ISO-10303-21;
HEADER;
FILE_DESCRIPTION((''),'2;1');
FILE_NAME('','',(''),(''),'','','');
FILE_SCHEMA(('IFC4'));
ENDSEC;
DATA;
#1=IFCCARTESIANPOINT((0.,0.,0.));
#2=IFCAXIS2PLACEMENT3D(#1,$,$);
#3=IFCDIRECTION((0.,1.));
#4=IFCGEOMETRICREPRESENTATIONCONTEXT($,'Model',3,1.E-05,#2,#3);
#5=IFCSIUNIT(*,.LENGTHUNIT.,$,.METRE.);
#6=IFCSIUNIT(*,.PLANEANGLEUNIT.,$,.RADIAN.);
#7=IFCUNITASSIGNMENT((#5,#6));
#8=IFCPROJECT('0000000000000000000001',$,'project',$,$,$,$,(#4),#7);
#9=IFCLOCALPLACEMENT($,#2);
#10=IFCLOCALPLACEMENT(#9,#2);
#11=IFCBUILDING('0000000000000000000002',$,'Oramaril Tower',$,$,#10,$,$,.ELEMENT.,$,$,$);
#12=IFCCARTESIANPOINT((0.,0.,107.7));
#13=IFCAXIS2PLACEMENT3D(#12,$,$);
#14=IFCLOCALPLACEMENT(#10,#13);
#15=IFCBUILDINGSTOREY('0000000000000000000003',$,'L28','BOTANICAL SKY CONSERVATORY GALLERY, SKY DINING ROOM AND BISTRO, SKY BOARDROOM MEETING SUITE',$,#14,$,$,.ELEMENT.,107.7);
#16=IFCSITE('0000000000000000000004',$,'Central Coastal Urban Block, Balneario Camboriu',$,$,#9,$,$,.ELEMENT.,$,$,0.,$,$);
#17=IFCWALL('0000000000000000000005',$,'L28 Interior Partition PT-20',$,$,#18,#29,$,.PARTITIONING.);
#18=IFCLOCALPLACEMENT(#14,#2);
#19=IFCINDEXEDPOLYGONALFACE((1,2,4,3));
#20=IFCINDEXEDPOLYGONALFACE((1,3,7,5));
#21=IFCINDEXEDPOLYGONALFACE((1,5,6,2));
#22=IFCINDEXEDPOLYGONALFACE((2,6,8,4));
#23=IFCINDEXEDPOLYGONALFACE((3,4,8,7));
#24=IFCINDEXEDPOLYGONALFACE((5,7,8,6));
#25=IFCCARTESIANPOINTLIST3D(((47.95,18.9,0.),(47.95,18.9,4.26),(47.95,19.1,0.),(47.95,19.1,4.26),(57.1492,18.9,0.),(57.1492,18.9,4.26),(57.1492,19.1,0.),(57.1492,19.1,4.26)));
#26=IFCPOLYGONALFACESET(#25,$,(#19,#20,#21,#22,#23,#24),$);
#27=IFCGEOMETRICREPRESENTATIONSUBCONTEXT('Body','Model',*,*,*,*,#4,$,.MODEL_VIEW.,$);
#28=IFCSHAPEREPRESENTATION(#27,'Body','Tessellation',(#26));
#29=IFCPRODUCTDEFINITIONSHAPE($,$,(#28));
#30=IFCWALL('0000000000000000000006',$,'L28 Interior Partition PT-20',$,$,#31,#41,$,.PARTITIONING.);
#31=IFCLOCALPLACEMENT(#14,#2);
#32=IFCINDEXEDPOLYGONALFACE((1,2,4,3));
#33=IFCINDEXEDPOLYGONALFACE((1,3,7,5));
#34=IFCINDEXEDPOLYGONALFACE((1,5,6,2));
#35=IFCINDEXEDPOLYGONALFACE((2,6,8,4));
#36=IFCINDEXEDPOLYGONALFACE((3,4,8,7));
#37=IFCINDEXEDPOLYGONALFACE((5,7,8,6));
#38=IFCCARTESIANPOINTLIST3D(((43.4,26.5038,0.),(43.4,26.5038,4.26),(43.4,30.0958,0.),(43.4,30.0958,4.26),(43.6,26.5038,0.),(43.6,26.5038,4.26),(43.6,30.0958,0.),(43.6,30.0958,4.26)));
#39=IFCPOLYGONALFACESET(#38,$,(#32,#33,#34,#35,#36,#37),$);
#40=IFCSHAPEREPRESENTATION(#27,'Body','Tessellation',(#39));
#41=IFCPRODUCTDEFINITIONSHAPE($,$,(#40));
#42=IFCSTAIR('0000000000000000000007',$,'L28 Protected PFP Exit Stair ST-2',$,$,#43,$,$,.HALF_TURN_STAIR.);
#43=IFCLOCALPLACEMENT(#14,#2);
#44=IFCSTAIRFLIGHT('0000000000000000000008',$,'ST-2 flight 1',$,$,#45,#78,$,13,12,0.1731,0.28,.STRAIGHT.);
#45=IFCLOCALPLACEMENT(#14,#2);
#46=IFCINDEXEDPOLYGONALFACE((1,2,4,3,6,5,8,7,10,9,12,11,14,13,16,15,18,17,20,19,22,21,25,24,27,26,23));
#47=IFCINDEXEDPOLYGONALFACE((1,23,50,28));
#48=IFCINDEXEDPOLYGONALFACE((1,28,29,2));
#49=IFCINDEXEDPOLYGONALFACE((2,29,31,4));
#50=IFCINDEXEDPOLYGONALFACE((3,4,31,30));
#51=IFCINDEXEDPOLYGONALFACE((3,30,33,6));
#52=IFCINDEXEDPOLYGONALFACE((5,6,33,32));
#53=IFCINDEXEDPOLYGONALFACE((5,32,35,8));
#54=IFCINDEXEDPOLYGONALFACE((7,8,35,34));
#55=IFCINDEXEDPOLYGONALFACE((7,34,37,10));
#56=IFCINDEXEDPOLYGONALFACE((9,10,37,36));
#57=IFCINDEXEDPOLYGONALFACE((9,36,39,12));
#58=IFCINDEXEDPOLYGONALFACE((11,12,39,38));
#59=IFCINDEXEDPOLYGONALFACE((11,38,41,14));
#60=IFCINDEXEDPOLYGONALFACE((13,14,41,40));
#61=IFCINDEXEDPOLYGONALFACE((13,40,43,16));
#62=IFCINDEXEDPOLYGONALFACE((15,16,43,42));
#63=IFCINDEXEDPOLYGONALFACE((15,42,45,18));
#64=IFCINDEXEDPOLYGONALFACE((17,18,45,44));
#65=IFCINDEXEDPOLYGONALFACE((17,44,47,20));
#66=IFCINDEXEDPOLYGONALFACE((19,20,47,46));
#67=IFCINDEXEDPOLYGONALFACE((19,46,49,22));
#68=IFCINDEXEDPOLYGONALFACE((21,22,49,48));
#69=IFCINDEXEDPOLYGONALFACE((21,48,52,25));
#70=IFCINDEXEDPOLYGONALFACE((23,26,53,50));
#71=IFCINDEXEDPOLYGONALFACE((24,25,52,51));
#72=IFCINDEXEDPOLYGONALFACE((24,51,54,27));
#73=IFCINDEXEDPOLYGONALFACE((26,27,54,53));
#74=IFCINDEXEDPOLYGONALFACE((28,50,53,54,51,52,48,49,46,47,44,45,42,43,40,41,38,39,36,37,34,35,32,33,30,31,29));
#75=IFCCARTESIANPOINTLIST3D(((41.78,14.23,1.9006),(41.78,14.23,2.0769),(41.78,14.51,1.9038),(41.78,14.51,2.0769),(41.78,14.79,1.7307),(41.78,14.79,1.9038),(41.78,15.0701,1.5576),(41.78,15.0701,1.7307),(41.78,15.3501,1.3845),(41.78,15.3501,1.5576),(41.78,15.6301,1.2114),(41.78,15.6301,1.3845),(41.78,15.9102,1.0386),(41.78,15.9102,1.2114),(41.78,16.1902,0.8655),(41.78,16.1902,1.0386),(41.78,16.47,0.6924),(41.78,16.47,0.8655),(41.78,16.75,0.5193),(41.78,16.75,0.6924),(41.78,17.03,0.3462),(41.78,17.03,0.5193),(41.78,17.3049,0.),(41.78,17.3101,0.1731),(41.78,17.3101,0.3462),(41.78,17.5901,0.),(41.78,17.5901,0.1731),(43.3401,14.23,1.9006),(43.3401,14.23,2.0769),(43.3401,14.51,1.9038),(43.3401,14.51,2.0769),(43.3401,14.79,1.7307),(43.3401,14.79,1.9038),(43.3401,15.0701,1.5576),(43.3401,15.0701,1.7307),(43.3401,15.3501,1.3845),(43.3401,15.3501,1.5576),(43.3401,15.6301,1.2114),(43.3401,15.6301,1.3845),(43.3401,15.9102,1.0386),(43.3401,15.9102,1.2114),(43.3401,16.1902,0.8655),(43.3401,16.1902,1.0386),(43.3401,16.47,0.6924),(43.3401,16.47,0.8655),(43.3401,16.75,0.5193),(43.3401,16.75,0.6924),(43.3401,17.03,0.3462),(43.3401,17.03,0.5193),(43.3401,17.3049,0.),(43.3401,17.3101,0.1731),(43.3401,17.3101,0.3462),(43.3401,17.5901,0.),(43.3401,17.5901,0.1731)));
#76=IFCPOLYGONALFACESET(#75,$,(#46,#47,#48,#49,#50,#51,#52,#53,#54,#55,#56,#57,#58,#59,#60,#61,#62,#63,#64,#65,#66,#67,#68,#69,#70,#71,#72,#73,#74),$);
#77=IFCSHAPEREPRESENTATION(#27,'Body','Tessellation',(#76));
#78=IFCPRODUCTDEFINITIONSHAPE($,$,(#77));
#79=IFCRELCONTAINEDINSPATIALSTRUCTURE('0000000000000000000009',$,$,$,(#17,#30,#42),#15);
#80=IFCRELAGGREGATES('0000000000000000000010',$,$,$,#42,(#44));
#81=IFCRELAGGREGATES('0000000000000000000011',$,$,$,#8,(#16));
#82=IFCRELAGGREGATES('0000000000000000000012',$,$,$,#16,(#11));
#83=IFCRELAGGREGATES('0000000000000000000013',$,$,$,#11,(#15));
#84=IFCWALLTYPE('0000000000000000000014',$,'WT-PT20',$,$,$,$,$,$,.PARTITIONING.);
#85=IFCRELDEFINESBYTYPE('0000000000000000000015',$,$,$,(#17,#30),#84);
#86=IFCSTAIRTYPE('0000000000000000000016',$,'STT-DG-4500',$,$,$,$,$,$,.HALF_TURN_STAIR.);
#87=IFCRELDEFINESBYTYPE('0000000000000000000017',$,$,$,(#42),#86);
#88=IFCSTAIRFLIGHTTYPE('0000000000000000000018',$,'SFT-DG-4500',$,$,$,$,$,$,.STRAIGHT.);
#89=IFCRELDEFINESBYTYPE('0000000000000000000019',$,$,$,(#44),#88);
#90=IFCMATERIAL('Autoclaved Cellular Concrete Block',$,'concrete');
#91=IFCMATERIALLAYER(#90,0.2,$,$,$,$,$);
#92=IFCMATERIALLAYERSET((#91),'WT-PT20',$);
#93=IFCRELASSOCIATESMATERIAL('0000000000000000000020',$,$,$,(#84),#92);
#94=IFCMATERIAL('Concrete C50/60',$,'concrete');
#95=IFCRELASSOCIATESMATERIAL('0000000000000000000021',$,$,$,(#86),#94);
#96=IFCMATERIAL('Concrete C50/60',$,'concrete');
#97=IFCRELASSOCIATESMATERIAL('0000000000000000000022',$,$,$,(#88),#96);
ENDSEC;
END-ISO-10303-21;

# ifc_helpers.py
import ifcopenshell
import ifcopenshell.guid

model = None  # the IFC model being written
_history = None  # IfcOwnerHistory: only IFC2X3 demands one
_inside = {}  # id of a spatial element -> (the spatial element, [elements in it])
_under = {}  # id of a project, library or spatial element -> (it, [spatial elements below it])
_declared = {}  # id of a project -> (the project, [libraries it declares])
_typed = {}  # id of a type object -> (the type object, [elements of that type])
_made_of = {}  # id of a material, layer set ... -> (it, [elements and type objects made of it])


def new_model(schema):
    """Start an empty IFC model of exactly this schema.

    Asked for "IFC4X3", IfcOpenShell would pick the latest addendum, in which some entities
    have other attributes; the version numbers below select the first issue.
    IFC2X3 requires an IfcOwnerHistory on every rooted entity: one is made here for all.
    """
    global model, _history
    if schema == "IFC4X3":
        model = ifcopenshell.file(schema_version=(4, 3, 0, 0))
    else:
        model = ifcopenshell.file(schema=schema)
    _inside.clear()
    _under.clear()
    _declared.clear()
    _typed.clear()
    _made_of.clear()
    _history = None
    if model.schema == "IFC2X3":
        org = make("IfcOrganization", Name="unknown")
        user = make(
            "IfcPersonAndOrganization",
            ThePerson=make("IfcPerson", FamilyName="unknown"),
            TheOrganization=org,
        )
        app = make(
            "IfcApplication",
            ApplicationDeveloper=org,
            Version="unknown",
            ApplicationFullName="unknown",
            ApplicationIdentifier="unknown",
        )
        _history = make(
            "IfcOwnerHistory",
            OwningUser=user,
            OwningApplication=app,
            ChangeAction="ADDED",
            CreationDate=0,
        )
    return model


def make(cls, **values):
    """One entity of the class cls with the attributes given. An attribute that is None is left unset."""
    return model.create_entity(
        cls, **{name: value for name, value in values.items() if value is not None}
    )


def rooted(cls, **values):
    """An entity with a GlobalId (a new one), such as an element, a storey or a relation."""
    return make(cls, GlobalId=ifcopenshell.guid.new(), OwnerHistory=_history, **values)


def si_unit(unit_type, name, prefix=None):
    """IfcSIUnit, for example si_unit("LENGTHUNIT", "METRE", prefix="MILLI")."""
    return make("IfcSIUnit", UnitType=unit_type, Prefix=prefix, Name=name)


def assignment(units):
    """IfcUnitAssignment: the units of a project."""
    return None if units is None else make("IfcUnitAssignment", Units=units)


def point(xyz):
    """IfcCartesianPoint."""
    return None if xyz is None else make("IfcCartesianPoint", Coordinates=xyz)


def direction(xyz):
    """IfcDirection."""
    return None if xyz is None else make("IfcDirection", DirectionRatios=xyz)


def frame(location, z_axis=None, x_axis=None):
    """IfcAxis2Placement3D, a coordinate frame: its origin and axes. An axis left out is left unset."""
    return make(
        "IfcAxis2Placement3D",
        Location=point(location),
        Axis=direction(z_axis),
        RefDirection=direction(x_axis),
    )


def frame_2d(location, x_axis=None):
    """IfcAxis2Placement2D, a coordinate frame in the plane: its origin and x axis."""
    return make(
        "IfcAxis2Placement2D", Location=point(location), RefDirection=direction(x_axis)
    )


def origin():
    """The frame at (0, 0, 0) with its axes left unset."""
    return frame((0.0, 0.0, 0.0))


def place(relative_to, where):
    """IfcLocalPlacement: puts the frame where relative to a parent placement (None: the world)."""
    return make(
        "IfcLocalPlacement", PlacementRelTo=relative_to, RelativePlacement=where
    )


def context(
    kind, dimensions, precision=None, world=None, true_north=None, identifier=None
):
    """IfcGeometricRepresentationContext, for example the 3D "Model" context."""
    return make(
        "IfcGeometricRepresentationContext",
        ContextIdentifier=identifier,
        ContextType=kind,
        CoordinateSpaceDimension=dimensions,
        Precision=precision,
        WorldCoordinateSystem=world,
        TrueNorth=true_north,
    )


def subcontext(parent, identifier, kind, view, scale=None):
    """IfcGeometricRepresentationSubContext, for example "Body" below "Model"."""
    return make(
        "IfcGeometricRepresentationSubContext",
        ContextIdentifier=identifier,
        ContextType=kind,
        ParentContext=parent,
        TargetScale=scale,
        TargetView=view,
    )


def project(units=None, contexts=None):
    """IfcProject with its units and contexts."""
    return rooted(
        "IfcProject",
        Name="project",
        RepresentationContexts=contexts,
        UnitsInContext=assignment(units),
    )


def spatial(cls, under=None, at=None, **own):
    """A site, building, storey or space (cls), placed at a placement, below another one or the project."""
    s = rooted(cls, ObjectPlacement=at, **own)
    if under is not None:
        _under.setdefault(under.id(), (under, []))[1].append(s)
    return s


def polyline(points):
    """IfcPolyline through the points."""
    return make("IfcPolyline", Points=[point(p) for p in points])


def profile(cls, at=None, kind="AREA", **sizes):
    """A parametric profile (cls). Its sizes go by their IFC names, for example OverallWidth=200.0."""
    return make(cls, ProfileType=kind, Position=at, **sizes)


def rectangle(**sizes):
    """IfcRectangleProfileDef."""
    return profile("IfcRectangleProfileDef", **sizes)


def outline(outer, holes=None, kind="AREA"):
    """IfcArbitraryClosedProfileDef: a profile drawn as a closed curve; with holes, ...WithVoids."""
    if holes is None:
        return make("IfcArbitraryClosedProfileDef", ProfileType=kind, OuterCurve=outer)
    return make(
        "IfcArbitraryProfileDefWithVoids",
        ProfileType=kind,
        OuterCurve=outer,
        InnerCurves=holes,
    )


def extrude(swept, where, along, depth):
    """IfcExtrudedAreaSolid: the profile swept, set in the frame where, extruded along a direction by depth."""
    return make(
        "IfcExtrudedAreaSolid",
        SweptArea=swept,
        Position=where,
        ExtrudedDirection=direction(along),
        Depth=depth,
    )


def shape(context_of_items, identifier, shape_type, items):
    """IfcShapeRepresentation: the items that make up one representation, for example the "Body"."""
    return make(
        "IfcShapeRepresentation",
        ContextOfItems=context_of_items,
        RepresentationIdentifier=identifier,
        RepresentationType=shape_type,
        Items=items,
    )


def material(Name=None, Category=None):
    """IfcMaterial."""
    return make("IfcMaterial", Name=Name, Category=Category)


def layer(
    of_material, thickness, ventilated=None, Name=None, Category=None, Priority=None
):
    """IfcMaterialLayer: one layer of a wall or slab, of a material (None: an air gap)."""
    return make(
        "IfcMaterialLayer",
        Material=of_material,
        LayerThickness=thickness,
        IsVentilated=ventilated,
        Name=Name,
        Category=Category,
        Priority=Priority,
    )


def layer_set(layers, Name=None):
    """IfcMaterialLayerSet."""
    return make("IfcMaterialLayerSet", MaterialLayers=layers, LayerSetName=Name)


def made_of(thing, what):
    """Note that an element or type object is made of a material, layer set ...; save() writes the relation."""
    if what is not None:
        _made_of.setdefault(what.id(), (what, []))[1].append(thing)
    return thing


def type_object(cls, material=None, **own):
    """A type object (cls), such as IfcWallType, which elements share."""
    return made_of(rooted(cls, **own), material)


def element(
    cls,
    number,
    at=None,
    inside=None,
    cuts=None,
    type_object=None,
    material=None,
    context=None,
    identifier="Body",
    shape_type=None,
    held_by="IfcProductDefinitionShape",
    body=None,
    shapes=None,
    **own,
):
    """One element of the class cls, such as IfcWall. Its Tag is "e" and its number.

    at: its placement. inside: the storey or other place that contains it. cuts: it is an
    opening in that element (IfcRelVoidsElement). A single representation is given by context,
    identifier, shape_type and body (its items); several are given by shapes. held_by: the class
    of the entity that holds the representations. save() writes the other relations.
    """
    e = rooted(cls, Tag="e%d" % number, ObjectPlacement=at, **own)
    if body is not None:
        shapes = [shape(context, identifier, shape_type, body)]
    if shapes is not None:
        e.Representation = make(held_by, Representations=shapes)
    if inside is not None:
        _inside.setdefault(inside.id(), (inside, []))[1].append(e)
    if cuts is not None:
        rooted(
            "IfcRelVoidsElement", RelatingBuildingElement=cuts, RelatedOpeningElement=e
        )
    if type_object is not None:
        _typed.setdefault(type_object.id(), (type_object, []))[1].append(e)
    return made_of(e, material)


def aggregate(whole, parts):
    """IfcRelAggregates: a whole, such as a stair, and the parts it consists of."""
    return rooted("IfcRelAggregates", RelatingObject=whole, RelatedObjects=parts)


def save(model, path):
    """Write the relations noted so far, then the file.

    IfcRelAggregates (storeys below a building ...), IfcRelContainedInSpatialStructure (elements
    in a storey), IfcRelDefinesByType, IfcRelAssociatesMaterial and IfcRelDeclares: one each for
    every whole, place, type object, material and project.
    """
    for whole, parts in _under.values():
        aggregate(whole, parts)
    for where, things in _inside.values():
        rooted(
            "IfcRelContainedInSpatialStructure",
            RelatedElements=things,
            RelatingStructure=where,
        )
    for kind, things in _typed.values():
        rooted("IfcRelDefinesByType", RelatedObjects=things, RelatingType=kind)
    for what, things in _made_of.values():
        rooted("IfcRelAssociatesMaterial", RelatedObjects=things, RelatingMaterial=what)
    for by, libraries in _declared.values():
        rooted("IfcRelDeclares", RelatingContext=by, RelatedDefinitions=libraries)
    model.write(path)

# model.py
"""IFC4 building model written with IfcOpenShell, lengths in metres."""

from ifc_helpers import new_model, si_unit, direction, frame, frame_2d, origin, place, context, subcontext, project, spatial, polyline, rectangle, outline, extrude, material, layer, layer_set, type_object, element, aggregate, save


model = new_model("IFC4")

# Units and contexts
model_context = context("Model", 3, precision=1e-05, world=origin(), true_north=direction((0.0, 1.0)))
body_context = subcontext(model_context, "Body", "Model", "MODEL_VIEW")
ifc_project = project(units=[si_unit("LENGTHUNIT", "METRE"), si_unit("PLANEANGLEUNIT", "RADIAN")], contexts=[model_context])

# Site, building, storey
site_placement = place(None, origin())
site = spatial("IfcSite", under=ifc_project, at=site_placement, Name="Central Coastal Urban Block, Balneario Camboriu", CompositionType="ELEMENT", RefElevation=0.0)
building_placement = place(site_placement, origin())
building = spatial("IfcBuilding", under=site, at=building_placement, Name="Oramaril Tower", CompositionType="ELEMENT")
storey_placement = place(building_placement, frame((0.0, 0.0, 107.7)))
storey = spatial("IfcBuildingStorey", under=building, at=storey_placement, Name="L28", Description="BOTANICAL SKY CONSERVATORY GALLERY, SKY DINING ROOM AND BISTRO, SKY BOARDROOM MEETING SUITE", CompositionType="ELEMENT", Elevation=107.7)

# Walls
ifc_material_1 = material(Name="Autoclaved Cellular Concrete Block", Category="concrete")
ifc_layer_1 = layer(ifc_material_1, 0.2)
ifc_layer_set_1 = layer_set([ifc_layer_1], Name="WT-PT20")
wall_type_1 = type_object("IfcWallType", Name="WT-PT20", PredefinedType="PARTITIONING", material=ifc_layer_set_1)
wall_1_placement = place(storey_placement, frame((47.95, 19.0, 0.0), z_axis=(0.0, 0.0, 1.0), x_axis=(1.0, 0.0, 0.0)))
element("IfcWall", 1, at=wall_1_placement, inside=storey, type_object=wall_type_1, Name="L28 Interior Partition PT-20", PredefinedType="PARTITIONING", context=body_context, shape_type="SweptSolid", body=[
    extrude(rectangle(XDim=9.1992, YDim=0.2, at=frame_2d((4.5996, 0.0))), origin(), (0.0, 0.0, 1.0), 4.26),
])
wall_2_placement = place(storey_placement, frame((43.5, 26.5039, 0.0), z_axis=(0.0, 0.0, 1.0), x_axis=(0.0, 1.0, 0.0)))
element("IfcWall", 2, at=wall_2_placement, inside=storey, type_object=wall_type_1, Name="L28 Interior Partition PT-20", PredefinedType="PARTITIONING", context=body_context, shape_type="SweptSolid", body=[
    extrude(rectangle(XDim=3.592, YDim=0.2, at=frame_2d((1.7959, 0.0))), origin(), (0.0, 0.0, 1.0), 4.26),
])

# Stair, stair flight
ifc_material_2 = material(Name="Concrete C50/60", Category="concrete")
stair_type = type_object("IfcStairType", Name="STT-DG-4500", PredefinedType="HALF_TURN_STAIR", material=ifc_material_2)
stair_placement = place(storey_placement, origin())
stair = element("IfcStair", 3, at=stair_placement, inside=storey, type_object=stair_type, Name="L28 Protected PFP Exit Stair ST-2", PredefinedType="HALF_TURN_STAIR")
ifc_material_3 = material(Name="Concrete C50/60", Category="concrete")
stair_flight_type = type_object("IfcStairFlightType", Name="SFT-DG-4500", PredefinedType="STRAIGHT", material=ifc_material_3)
stair_flight_placement = place(storey_placement, frame((42.5601, 17.5901, 0.0), z_axis=(0.0, 0.0, 1.0), x_axis=(0.0, -1.0, 0.0)))
stair_flight = element("IfcStairFlight", 4, at=stair_flight_placement, type_object=stair_flight_type, Name="ST-2 flight 1", NumberOfRisers=13, NumberOfTreads=12, PredefinedType="STRAIGHT", RiserHeight=0.1731, TreadLength=0.28, context=body_context, shape_type="SweptSolid", body=[
    extrude(outline(polyline([(0.0, 0.0), (0.0, 0.1731), (0.28, 0.1731), (0.28, 0.3462), (0.5601, 0.3462), (0.5601, 0.5193), (0.8401, 0.5193), (0.8401, 0.6924), (1.1201, 0.6924), (1.1201, 0.8655), (1.3999, 0.8655), (1.3999, 1.0386), (1.6799, 1.0386), (1.6799, 1.2114), (1.96, 1.2114), (1.96, 1.3845), (2.24, 1.3845), (2.24, 1.5576), (2.52, 1.5576), (2.52, 1.7307), (2.8, 1.7307), (2.8, 1.9038), (3.0801, 1.9038), (3.0801, 2.0769), (3.3601, 2.0769), (3.3601, 2.25), (3.3601, 1.9006), (0.2852, 0.0), (0.0, 0.0)])), frame((0.0, 0.78, 0.0), z_axis=(0.0, -1.0, 0.0), x_axis=(1.0, 0.0, 0.0)), (0.0, 0.0, 1.0), 1.5601),
])
aggregate(stair, [stair_flight])

save(model, "model.ifc")
